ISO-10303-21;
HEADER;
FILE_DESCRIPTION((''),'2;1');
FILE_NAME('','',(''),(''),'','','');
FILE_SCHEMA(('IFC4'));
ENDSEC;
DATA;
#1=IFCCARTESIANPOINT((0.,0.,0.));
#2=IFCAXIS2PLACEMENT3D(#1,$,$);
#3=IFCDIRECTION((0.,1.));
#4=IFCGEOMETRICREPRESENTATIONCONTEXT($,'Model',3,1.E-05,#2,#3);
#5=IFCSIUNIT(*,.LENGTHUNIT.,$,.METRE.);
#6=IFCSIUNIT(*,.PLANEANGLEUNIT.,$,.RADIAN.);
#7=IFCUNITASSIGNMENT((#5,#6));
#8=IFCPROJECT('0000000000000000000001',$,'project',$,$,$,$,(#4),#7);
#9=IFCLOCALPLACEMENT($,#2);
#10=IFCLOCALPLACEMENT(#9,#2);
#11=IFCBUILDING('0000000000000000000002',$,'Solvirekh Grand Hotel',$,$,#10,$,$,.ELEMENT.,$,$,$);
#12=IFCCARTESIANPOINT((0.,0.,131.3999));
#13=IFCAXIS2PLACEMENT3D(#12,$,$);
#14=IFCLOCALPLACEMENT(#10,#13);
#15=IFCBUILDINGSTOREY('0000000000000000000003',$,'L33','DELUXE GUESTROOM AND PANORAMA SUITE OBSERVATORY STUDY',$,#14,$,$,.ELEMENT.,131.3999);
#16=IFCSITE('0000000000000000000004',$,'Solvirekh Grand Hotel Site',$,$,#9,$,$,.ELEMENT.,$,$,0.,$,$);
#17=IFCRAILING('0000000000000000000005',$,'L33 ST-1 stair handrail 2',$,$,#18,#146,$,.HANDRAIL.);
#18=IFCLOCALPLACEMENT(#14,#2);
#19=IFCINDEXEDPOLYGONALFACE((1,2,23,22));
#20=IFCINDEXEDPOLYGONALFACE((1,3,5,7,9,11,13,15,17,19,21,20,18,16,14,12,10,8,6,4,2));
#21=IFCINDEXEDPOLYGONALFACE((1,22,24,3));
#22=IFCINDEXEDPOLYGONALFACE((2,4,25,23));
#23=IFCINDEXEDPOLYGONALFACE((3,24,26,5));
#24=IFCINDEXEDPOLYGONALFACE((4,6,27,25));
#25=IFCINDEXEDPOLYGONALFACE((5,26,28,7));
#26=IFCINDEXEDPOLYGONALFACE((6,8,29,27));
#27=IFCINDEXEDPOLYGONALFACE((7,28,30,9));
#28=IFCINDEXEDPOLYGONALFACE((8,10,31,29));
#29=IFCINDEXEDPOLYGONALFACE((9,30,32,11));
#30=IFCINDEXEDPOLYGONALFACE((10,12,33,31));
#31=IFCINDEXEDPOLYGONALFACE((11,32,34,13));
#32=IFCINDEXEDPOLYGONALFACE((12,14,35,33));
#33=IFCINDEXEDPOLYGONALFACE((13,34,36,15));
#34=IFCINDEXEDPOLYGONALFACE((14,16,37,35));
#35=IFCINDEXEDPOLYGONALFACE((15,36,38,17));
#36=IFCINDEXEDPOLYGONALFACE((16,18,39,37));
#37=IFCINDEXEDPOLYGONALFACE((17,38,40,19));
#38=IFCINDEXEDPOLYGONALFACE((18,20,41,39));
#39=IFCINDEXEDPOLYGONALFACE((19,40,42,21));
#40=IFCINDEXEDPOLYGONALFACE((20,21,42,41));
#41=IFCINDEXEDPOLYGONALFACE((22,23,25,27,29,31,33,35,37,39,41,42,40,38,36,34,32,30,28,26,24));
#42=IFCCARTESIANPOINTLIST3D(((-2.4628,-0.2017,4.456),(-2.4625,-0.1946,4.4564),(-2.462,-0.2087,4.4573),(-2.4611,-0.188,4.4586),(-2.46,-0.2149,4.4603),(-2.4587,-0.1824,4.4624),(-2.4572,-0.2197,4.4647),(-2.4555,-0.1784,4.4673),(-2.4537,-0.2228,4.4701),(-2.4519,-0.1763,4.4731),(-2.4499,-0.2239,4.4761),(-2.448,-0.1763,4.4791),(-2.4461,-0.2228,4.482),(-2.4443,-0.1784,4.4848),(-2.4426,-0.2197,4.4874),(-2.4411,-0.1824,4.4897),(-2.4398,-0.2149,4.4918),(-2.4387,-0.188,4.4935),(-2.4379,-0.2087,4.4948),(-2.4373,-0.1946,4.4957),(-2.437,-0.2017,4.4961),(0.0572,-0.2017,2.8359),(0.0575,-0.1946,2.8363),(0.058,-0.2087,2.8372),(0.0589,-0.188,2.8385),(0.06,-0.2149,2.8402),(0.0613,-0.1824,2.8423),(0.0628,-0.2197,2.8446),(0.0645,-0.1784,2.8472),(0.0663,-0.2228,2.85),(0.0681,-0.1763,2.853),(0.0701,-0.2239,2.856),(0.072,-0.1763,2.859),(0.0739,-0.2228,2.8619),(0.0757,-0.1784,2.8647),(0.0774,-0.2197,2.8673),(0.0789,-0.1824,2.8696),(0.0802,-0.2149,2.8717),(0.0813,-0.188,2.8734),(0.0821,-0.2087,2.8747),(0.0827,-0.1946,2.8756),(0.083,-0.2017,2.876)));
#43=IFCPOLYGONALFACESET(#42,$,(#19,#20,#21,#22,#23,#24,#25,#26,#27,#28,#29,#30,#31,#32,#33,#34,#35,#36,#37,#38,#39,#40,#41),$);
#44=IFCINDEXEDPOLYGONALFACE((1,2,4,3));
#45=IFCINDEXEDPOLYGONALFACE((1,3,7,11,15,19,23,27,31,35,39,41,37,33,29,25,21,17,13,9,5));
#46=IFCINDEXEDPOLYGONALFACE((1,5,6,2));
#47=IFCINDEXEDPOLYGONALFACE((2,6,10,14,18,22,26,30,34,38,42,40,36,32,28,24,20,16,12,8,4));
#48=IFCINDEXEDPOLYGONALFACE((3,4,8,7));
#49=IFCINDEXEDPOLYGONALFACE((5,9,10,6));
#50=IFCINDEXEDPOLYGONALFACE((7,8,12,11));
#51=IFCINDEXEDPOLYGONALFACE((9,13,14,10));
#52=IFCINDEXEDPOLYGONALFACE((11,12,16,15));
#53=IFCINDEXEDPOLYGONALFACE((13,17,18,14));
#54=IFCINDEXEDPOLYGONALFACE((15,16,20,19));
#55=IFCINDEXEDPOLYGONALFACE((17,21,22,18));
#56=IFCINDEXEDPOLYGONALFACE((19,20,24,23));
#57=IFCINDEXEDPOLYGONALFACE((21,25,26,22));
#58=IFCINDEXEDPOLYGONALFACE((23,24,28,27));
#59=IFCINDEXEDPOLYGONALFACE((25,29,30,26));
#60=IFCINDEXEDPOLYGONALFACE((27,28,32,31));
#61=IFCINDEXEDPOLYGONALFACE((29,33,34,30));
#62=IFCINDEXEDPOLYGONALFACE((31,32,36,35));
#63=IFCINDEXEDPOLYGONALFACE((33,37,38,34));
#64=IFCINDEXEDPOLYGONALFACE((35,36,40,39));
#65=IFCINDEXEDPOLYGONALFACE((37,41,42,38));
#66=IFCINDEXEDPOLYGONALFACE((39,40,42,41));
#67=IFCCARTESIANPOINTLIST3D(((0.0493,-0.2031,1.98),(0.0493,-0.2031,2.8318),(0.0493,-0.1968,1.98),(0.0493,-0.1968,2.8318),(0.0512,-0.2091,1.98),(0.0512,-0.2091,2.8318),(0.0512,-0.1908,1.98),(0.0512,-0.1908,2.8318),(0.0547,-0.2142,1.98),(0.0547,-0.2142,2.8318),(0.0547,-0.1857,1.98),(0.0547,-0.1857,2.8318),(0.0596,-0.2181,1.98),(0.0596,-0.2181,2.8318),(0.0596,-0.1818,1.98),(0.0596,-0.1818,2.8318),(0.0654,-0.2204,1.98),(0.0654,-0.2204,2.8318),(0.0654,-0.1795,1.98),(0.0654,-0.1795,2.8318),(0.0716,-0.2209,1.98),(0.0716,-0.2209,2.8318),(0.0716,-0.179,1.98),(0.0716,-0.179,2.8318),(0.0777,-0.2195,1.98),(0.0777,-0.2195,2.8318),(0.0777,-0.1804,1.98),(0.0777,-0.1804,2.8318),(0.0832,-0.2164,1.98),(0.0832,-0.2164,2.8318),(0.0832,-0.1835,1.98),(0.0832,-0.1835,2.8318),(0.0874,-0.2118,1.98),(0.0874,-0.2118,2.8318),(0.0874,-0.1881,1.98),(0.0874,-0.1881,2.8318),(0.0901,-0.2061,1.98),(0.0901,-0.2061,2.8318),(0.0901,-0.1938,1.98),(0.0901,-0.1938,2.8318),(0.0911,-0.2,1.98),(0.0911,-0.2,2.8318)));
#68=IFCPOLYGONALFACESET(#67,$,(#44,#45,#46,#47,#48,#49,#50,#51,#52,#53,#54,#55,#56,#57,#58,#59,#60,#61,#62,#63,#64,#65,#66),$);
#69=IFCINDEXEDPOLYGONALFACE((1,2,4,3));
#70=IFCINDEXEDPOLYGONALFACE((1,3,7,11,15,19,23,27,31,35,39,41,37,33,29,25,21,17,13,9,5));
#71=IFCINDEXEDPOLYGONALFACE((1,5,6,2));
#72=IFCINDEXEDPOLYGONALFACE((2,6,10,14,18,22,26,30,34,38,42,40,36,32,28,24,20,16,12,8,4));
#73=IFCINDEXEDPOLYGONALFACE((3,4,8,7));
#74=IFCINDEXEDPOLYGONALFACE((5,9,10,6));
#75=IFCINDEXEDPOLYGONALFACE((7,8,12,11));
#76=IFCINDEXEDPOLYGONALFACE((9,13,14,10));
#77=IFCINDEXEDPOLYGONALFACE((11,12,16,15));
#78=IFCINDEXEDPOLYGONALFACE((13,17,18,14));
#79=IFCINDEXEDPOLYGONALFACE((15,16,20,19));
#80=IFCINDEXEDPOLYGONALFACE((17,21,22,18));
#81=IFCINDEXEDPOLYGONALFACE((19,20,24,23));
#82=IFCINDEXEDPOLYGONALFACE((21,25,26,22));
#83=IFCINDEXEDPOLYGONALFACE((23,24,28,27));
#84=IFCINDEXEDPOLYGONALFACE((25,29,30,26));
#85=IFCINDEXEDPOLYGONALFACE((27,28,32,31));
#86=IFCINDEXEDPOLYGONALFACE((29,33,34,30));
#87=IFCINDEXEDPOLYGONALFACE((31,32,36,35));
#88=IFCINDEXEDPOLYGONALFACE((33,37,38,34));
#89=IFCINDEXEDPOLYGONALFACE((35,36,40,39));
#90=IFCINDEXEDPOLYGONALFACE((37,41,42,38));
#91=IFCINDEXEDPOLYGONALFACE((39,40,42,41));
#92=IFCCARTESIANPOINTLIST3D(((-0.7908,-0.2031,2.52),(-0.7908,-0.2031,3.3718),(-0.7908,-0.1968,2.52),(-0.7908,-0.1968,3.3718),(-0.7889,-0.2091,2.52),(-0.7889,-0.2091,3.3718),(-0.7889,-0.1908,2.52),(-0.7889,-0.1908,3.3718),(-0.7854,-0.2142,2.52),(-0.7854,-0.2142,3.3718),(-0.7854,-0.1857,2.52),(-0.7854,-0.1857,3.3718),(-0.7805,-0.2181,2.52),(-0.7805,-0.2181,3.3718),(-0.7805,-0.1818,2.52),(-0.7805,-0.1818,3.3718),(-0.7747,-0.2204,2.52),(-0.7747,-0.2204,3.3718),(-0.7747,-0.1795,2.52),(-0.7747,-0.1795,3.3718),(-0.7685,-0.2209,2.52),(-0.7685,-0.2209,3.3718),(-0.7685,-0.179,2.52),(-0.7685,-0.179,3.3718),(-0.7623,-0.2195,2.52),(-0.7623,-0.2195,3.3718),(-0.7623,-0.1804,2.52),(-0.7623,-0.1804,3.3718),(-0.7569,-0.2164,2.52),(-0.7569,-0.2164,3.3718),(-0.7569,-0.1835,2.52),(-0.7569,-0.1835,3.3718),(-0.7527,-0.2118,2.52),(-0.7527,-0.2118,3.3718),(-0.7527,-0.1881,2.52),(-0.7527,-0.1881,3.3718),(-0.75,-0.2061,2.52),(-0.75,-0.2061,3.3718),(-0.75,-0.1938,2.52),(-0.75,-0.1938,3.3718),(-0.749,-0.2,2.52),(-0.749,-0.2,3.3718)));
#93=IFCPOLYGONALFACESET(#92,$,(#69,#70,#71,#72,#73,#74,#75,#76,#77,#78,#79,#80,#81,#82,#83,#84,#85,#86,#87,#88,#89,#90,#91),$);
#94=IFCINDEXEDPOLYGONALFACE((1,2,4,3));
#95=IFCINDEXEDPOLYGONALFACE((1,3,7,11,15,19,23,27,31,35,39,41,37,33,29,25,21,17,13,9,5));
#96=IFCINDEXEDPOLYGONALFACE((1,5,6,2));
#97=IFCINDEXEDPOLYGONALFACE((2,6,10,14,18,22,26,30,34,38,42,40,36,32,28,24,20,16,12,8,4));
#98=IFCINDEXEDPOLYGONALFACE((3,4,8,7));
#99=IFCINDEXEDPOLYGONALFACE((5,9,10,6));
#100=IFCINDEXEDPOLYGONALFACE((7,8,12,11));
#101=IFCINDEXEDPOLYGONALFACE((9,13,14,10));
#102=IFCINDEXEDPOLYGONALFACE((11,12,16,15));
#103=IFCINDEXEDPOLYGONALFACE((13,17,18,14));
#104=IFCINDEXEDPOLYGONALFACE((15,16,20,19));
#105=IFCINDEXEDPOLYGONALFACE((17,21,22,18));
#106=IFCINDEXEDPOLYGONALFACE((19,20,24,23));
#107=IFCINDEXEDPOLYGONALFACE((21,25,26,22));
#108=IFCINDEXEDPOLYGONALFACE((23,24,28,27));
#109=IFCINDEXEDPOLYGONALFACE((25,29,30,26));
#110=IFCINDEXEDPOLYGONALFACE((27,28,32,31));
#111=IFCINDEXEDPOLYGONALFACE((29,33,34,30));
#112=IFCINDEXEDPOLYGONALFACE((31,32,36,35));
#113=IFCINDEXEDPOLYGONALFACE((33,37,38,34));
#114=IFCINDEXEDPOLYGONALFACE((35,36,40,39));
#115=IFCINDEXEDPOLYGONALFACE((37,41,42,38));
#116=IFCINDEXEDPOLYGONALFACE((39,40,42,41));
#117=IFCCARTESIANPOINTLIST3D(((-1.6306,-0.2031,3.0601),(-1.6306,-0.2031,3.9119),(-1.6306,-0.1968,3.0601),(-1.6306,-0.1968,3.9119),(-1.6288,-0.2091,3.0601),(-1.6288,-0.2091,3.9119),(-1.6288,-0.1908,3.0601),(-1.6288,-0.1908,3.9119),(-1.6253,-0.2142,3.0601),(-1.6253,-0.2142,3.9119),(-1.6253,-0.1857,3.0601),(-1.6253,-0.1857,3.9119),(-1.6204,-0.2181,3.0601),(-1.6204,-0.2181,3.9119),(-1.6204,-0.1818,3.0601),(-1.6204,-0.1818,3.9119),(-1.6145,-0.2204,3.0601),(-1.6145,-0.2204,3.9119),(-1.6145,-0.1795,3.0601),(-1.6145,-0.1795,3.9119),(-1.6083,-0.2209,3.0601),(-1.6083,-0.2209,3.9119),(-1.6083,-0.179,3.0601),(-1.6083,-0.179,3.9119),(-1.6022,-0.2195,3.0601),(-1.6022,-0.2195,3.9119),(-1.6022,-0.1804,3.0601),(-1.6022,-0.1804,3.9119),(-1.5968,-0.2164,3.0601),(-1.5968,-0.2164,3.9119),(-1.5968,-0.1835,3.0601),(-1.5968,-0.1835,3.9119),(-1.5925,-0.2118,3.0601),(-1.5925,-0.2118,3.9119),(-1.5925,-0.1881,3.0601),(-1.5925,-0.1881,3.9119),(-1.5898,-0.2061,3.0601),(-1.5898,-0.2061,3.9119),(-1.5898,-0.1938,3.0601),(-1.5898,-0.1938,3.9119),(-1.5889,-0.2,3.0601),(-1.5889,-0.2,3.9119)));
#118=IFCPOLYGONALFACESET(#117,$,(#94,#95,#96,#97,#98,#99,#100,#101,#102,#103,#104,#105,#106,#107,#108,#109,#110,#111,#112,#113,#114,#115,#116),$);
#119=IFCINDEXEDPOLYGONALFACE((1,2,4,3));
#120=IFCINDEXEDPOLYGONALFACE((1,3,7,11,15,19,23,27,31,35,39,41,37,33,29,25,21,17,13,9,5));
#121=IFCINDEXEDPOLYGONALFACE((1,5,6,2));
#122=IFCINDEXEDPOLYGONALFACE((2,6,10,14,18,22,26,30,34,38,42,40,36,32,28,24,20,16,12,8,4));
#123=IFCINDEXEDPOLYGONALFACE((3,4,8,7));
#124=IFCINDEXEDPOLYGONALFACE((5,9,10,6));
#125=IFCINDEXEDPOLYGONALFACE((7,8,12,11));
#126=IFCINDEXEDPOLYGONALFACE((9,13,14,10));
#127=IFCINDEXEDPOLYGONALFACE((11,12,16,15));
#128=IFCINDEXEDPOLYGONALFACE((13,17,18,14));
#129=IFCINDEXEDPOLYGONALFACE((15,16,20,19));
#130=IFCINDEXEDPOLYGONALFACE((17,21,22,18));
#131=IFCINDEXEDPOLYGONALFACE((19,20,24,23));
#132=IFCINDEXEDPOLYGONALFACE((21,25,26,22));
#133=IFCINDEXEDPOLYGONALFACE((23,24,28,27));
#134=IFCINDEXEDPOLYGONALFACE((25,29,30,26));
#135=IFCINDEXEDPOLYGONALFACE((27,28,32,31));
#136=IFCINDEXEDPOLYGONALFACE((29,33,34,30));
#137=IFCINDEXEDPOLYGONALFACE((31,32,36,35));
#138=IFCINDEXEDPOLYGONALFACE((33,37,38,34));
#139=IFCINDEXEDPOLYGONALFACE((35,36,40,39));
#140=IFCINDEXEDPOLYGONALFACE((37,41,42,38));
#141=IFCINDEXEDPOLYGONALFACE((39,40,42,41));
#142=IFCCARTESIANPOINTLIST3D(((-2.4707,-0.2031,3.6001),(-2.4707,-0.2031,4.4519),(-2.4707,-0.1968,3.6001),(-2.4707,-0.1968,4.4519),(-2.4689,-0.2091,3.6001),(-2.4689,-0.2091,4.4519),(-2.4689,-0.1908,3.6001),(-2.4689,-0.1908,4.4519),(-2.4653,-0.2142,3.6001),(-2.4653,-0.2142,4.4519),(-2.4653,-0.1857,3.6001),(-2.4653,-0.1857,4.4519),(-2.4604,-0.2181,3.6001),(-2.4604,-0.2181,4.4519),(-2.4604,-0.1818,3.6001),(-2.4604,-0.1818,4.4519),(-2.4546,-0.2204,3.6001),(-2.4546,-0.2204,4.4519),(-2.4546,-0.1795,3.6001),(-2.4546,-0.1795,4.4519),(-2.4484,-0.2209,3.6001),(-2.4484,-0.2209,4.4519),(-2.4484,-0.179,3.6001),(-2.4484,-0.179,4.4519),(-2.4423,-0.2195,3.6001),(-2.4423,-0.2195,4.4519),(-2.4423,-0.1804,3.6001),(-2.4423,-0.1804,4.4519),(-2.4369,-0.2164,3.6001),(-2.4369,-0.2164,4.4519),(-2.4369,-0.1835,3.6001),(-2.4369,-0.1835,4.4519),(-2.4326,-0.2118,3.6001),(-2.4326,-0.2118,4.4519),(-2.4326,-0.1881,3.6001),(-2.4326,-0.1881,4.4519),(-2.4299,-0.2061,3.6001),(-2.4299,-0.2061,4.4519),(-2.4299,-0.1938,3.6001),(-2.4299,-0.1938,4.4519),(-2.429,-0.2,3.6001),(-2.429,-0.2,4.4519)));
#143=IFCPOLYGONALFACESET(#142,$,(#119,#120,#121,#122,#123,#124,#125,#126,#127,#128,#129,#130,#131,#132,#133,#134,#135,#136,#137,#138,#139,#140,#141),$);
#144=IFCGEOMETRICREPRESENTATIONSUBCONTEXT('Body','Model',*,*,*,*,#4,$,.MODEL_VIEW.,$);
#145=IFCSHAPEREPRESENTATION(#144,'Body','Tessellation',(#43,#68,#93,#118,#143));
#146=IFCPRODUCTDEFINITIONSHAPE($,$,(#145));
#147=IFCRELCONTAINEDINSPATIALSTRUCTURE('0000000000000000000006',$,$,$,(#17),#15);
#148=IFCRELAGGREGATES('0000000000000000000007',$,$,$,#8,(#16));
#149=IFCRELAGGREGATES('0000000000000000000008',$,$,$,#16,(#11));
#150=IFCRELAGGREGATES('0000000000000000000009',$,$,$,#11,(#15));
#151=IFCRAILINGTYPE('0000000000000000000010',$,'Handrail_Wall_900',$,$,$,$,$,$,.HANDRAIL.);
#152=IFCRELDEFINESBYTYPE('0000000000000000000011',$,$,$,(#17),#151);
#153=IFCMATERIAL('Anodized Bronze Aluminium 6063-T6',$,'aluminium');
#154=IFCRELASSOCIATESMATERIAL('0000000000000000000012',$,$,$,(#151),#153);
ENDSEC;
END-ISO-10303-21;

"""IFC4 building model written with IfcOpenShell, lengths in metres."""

from ifc_helpers import new_model, si_unit, direction, frame, origin, origin_2d, place, context, subcontext, project, spatial, circle, extrude, material, type_object, element, save


model = new_model("IFC4")

# Units and contexts
model_context = context("Model", 3, precision=1e-05, world=origin(), true_north=direction((0.0, 1.0)))
body_context = subcontext(model_context, "Body", "Model", "MODEL_VIEW")
ifc_project = project(units=[si_unit("LENGTHUNIT", "METRE"), si_unit("PLANEANGLEUNIT", "RADIAN")], contexts=[model_context])

# Site, building, storey
site_placement = place(None, origin())
site = spatial("IfcSite", under=ifc_project, at=site_placement, Name="Solvirekh Grand Hotel Site", CompositionType="ELEMENT", RefElevation=0.0)
building_placement = place(site_placement, origin())
building = spatial("IfcBuilding", under=site, at=building_placement, Name="Solvirekh Grand Hotel", CompositionType="ELEMENT")
storey_placement = place(building_placement, frame((0.0, 0.0, 131.3999)))
storey = spatial("IfcBuildingStorey", under=building, at=storey_placement, Name="L33", Description="DELUXE GUESTROOM AND PANORAMA SUITE OBSERVATORY STUDY", CompositionType="ELEMENT", Elevation=131.3999)

# Shared definitions
ifc_material_1 = material(Name="Anodized Bronze Aluminium 6063-T6", Category="aluminium")

# Railing
railing_type_1 = type_object("IfcRailingType", Name="Handrail_Wall_900", PredefinedType="HANDRAIL", material=ifc_material_1)
railing_1_placement = place(storey_placement, frame((0.0701, -0.2, 1.98)))
element("IfcRailing", 1, at=railing_1_placement, inside=storey, type_object=railing_type_1, Name="L33 ST-1 stair handrail 2", PredefinedType="HANDRAIL", context=body_context, shape_type="SweptSolid", body=[
    extrude(circle(Radius=0.0239, at=origin_2d()), frame((0.0, 0.0, 0.876), z_axis=(-0.841163, 0.0, 0.540782), x_axis=(0.0, -1.0, 0.0)), (0.0, 0.0, 1.0), 2.9958),
    extrude(circle(Radius=0.021, at=origin_2d()), origin(), (0.0, 0.0, 1.0), 0.8518),
    extrude(circle(Radius=0.021, at=origin_2d()), frame((-0.8401, 0.0, 0.54)), (0.0, 0.0, 1.0), 0.8518),
    extrude(circle(Radius=0.021, at=origin_2d()), frame((-1.6799, 0.0, 1.0801)), (0.0, 0.0, 1.0), 0.8518),
    extrude(circle(Radius=0.021, at=origin_2d()), frame((-2.52, 0.0, 1.6201)), (0.0, 0.0, 1.0), 0.8518),
])

save(model, "model.ifc")
